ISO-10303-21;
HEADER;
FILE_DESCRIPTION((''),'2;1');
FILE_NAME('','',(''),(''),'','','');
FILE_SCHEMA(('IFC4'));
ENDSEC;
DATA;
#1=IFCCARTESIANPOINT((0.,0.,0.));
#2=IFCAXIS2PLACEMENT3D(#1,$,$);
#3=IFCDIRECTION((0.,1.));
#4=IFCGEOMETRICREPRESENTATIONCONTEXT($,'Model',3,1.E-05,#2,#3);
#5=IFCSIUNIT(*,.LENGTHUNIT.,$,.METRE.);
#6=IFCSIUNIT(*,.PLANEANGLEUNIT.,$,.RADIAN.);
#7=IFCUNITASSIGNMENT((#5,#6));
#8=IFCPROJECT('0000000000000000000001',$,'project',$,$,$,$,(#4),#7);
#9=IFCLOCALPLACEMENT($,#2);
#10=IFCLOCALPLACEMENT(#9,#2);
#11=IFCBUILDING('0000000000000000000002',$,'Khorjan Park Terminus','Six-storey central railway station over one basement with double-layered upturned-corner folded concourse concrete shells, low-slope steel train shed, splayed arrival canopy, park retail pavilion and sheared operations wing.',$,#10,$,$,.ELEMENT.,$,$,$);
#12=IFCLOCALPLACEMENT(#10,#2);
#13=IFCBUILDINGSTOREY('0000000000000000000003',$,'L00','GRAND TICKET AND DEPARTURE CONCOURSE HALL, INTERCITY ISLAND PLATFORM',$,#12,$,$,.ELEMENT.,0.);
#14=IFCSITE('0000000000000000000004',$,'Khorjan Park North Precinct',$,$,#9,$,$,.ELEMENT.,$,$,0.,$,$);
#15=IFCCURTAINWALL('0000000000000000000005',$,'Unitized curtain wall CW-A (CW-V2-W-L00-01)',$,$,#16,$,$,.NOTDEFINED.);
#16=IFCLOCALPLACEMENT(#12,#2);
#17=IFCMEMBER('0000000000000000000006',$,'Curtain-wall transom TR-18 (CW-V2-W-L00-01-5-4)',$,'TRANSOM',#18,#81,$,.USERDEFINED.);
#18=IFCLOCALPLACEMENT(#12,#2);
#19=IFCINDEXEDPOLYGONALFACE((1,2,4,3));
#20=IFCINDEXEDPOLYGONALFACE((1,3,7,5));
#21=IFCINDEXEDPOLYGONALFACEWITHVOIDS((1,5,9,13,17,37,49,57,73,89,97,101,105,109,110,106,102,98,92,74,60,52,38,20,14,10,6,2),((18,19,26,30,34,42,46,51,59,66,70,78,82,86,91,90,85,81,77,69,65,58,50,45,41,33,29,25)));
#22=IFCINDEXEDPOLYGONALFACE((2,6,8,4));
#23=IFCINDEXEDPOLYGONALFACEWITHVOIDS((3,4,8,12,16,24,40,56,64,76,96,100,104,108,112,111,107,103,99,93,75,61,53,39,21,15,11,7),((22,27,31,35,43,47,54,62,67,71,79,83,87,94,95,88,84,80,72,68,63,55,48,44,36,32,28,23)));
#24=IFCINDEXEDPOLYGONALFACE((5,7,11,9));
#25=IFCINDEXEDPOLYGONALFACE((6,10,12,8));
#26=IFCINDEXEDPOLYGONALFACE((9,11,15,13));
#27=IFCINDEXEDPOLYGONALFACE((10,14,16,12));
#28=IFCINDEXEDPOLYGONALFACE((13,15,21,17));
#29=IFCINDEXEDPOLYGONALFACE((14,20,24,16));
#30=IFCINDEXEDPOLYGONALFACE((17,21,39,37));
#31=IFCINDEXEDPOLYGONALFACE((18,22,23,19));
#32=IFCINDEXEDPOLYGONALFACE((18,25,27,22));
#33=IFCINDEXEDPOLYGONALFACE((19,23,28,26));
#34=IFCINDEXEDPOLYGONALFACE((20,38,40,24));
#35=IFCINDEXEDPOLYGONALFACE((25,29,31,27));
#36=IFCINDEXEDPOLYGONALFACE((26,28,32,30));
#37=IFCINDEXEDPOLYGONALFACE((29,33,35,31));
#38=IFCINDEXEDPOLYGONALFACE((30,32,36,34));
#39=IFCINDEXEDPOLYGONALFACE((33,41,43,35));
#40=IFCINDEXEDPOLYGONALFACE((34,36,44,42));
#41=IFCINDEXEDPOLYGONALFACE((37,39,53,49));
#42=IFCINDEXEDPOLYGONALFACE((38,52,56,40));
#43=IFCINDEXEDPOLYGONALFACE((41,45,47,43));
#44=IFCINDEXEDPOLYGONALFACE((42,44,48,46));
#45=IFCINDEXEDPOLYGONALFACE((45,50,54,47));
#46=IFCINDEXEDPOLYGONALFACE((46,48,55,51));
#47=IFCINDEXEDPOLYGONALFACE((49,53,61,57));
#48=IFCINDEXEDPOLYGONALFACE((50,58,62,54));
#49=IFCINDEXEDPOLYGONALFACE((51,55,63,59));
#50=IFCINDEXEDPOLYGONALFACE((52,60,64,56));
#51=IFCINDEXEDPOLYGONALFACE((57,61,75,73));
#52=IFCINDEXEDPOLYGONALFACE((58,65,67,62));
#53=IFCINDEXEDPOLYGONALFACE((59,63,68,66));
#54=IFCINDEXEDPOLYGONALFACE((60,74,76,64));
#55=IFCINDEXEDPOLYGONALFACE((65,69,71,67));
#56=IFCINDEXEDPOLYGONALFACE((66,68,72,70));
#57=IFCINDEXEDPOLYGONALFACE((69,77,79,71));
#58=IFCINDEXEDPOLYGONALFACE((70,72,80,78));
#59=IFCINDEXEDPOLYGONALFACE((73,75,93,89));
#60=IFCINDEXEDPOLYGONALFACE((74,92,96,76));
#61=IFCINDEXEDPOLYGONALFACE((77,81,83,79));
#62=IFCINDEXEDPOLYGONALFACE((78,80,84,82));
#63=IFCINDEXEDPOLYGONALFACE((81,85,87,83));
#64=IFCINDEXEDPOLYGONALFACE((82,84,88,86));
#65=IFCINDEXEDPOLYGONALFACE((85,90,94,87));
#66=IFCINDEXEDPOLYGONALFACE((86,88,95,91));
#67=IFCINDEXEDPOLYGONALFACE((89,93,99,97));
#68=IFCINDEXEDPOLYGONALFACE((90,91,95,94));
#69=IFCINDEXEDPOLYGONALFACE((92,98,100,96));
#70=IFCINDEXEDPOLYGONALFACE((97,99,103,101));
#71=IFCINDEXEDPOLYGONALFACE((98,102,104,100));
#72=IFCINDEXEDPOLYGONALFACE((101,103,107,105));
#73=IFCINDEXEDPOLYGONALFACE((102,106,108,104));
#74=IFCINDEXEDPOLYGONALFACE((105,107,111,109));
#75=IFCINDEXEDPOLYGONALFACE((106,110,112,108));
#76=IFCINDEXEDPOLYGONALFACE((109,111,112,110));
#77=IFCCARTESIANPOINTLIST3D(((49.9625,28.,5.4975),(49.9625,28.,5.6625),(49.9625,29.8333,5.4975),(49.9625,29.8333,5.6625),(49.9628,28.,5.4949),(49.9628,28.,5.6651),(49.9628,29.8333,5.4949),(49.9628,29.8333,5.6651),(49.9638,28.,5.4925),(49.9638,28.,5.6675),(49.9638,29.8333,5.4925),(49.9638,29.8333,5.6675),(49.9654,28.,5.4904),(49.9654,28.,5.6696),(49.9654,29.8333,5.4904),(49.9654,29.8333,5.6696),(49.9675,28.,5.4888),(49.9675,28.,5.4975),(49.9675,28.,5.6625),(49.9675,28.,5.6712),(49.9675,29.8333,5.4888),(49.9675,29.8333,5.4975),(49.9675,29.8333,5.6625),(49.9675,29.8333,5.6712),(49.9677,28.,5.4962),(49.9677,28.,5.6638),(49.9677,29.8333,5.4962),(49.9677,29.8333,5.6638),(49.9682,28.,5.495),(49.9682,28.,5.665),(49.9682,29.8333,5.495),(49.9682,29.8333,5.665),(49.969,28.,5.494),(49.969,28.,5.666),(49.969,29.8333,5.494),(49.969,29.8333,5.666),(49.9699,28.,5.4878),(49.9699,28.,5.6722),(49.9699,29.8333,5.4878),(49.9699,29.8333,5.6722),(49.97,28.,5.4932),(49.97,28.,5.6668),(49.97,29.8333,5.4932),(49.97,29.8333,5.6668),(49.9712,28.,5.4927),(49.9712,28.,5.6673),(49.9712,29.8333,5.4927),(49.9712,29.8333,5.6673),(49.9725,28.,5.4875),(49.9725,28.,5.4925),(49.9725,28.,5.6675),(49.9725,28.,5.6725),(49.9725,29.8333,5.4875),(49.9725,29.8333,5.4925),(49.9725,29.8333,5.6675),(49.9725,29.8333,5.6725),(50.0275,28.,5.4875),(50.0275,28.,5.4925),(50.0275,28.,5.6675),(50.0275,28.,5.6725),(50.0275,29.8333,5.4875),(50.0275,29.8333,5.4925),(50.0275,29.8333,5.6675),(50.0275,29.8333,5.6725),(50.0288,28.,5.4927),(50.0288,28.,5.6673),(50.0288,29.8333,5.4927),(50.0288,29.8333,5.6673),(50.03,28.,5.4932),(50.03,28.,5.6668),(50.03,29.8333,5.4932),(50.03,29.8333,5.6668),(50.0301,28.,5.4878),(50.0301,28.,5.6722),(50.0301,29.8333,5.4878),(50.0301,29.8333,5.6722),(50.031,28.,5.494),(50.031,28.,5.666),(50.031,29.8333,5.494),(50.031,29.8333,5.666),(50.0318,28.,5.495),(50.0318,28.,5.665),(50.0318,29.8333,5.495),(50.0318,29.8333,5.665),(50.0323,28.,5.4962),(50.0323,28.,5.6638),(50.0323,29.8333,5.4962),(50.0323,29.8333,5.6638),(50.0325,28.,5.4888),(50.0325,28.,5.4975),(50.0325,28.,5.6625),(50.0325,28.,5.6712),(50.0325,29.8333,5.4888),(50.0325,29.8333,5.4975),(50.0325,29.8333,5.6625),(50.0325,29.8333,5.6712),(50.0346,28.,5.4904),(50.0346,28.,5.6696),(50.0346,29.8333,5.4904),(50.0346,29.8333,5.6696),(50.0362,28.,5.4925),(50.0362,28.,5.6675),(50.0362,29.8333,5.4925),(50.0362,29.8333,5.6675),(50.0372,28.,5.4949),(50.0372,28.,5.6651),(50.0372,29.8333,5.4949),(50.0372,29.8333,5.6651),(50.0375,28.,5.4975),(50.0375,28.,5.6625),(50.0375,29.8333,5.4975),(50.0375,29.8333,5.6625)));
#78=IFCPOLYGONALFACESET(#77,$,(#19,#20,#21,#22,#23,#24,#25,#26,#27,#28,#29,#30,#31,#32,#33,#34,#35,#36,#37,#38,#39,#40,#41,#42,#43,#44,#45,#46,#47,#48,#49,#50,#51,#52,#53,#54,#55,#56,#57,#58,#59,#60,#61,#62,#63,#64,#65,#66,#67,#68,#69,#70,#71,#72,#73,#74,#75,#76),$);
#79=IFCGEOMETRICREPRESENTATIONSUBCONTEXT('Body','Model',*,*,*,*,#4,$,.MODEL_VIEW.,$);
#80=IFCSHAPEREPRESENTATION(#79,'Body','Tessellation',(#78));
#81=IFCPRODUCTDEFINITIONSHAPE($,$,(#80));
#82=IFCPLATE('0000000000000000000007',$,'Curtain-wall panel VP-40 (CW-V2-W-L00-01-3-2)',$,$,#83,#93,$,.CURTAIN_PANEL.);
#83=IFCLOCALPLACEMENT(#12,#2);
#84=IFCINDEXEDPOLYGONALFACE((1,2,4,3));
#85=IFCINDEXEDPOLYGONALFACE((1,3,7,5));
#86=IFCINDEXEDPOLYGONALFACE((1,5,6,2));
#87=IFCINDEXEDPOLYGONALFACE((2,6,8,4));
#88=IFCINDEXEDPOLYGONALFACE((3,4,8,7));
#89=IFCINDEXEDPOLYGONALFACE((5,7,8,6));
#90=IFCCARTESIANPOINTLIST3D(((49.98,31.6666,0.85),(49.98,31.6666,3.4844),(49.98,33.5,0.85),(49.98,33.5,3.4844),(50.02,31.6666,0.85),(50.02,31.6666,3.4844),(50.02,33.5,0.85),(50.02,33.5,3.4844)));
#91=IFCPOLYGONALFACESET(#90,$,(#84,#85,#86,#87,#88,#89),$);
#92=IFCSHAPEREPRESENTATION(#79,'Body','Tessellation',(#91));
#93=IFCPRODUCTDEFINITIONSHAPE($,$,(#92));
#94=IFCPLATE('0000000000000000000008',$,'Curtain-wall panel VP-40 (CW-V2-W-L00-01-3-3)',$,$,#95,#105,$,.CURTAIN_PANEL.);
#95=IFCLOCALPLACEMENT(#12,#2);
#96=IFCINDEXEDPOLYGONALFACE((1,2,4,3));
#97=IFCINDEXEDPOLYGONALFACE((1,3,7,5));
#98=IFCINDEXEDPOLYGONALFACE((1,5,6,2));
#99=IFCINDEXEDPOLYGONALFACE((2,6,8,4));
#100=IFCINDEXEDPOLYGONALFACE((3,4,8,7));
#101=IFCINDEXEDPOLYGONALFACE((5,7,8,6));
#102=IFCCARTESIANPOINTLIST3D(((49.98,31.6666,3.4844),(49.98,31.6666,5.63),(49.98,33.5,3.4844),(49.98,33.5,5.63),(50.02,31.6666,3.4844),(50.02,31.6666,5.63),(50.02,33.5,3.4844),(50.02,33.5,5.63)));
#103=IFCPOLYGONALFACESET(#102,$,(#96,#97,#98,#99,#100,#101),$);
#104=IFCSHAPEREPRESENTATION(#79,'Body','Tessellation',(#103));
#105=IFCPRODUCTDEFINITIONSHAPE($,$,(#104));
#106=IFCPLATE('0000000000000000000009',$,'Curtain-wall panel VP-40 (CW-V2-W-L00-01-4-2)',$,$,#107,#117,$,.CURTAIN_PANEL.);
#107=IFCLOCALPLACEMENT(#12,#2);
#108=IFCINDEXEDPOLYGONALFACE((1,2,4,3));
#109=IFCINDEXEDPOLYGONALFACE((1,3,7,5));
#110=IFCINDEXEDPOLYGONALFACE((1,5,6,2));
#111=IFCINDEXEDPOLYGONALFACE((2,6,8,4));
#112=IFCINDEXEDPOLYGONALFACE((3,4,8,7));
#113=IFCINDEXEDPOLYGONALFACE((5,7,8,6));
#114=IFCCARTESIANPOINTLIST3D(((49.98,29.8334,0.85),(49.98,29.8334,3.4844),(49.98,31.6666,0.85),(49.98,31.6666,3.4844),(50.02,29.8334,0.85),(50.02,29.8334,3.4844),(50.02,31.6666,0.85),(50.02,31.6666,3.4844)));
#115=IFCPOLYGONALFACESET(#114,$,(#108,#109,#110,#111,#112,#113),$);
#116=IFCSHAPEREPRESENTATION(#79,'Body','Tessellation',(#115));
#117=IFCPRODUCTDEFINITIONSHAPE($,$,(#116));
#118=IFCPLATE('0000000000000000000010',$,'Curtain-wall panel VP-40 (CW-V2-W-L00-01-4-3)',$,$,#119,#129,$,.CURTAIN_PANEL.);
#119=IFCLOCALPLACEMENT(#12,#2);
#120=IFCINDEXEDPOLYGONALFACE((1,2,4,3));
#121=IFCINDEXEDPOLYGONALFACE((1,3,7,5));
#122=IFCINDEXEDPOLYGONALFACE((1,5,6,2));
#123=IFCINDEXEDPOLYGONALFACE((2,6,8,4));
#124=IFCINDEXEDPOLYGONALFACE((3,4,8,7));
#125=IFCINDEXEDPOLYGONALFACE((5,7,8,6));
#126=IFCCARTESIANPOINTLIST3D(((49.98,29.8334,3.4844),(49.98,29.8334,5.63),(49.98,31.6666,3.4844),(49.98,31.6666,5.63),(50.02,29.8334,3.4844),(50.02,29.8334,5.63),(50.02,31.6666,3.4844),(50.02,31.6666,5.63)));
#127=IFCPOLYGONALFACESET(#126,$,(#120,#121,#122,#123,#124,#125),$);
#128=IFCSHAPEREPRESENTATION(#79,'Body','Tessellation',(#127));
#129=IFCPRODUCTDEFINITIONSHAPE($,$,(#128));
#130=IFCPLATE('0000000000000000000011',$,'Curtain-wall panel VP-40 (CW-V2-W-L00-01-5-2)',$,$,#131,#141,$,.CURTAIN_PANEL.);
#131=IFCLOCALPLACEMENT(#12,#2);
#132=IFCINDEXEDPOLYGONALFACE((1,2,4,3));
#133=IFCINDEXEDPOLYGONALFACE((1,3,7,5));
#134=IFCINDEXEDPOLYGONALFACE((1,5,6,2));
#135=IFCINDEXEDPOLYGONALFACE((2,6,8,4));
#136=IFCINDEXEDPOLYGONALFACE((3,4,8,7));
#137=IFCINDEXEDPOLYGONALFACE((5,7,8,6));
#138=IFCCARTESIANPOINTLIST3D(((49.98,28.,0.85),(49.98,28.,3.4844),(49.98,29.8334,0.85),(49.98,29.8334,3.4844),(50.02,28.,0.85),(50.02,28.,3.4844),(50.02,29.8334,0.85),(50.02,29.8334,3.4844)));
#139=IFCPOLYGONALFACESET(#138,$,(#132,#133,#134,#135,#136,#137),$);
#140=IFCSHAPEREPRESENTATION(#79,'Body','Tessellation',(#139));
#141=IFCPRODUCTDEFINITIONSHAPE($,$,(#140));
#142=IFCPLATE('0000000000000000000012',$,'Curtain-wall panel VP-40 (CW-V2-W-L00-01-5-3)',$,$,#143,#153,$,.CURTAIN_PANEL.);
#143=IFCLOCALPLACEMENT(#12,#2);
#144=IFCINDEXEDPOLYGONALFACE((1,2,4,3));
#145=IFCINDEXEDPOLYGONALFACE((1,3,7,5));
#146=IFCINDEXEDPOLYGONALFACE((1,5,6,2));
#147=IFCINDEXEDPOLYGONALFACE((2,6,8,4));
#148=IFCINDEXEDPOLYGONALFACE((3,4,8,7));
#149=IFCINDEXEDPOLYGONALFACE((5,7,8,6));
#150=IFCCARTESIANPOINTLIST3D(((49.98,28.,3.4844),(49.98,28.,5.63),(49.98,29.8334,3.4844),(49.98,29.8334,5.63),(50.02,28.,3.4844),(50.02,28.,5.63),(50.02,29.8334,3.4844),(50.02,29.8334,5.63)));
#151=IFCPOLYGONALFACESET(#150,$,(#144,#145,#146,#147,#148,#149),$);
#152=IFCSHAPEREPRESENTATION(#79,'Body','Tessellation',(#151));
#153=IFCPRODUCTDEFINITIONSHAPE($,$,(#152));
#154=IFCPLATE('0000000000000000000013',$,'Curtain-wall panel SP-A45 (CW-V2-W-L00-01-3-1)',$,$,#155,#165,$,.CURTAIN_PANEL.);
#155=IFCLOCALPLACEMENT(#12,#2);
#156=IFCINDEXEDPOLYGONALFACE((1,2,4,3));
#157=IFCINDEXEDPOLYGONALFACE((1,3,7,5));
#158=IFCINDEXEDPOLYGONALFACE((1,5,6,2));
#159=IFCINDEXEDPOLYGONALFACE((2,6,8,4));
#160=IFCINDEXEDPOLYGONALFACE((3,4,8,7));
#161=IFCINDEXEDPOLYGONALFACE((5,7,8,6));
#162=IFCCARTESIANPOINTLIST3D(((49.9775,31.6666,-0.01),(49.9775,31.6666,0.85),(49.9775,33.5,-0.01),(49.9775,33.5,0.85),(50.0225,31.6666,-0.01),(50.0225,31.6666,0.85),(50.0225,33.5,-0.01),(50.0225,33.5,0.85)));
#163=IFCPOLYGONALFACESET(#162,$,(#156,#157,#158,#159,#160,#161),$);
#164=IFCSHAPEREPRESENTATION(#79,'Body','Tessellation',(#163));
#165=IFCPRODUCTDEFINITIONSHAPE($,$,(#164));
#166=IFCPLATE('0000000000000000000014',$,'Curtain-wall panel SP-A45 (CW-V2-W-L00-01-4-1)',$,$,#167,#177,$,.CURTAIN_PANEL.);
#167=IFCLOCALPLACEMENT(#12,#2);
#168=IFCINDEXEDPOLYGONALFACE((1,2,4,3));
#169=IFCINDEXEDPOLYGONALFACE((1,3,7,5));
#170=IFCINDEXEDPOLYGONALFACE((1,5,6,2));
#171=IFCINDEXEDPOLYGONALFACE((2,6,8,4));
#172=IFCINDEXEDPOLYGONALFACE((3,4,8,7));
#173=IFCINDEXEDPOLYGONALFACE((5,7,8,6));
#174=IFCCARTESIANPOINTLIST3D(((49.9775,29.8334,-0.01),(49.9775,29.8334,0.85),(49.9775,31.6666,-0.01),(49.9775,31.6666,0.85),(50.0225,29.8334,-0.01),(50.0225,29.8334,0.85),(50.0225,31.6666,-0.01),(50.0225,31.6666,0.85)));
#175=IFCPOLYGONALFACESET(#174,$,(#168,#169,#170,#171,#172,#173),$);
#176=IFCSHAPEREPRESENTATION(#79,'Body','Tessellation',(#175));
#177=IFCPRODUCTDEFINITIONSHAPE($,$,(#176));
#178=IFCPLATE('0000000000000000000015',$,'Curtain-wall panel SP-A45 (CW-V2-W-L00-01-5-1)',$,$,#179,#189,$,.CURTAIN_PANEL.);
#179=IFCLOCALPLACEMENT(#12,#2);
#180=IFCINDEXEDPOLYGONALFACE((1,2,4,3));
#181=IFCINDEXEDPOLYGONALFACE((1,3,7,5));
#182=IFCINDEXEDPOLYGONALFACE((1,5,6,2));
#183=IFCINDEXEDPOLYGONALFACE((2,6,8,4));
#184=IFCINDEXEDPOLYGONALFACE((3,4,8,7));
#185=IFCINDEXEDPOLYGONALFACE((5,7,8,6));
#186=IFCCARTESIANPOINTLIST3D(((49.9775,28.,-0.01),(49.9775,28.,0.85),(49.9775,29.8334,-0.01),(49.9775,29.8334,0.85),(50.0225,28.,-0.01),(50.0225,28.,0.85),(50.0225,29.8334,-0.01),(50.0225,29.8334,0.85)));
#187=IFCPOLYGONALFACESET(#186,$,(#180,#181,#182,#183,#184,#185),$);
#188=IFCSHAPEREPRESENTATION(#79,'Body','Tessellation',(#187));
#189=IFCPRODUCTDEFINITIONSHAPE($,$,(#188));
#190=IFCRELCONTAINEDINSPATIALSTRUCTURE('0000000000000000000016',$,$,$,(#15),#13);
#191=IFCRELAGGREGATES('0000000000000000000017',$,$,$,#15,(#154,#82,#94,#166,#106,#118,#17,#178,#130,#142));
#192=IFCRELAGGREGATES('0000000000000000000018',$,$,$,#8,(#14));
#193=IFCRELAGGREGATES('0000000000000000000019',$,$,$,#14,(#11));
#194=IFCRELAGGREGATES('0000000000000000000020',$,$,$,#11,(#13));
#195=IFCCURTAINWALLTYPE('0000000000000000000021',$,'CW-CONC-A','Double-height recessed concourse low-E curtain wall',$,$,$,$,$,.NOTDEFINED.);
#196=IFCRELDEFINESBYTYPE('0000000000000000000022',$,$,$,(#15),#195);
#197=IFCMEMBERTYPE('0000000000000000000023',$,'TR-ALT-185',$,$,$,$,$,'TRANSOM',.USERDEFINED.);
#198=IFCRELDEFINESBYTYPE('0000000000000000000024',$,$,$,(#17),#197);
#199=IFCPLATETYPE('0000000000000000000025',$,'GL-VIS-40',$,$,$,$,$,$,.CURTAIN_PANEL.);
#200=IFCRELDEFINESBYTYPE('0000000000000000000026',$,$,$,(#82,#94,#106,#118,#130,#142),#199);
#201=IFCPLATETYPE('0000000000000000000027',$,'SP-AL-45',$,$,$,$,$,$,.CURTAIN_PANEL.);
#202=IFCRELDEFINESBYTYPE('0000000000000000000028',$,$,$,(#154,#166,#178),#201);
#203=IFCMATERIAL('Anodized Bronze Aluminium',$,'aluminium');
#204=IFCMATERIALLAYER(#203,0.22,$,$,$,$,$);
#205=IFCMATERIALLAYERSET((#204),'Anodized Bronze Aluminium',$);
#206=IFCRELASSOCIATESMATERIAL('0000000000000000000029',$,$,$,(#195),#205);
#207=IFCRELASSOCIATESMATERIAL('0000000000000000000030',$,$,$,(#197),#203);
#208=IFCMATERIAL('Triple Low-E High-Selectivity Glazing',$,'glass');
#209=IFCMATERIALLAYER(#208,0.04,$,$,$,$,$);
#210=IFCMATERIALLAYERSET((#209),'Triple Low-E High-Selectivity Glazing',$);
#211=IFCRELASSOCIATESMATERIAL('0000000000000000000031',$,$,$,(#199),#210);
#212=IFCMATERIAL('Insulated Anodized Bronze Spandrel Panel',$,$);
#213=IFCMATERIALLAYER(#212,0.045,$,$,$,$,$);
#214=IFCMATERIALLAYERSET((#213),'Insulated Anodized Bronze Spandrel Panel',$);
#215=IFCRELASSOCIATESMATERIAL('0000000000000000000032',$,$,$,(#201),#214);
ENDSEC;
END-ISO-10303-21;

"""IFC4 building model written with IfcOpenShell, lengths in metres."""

from ifc_helpers import new_model, si_unit, direction, frame, origin, origin_2d, place, context, subcontext, project, spatial, rectangle, hollow_rectangle, extrude, material, layer, layer_set, material_profile, profile_set, type_object, element, aggregate, save


model = new_model("IFC4")

# Units and contexts
model_context = context("Model", 3, precision=1e-05, world=origin(), true_north=direction((0.0, 1.0)))
body_context = subcontext(model_context, "Body", "Model", "MODEL_VIEW")
ifc_project = project(units=[si_unit("LENGTHUNIT", "METRE"), si_unit("PLANEANGLEUNIT", "RADIAN")], contexts=[model_context])

# Site, building, storey
site_placement = place(None, origin())
site = spatial("IfcSite", under=ifc_project, at=site_placement, Name="Khorjan Park North Precinct", CompositionType="ELEMENT", RefElevation=0.0)
building_placement = place(site_placement, origin())
building = spatial("IfcBuilding", under=site, at=building_placement, Name="Khorjan Park Terminus", Description="Six-storey central railway station over one basement with double-layered upturned-corner folded concourse concrete shells, low-slope steel train shed, splayed arrival canopy, park retail pavilion and sheared operations wing.", CompositionType="ELEMENT")
storey_placement = place(building_placement, origin())
storey = spatial("IfcBuildingStorey", under=building, at=storey_placement, Name="L00", Description="GRAND TICKET AND DEPARTURE CONCOURSE HALL, INTERCITY ISLAND PLATFORM", CompositionType="ELEMENT", Elevation=0.0)

# Curtain wall, member, plates
ifc_material_1 = material(Name="Anodized Bronze Aluminium", Category="aluminium")
ifc_layer_1 = layer(ifc_material_1, 0.22)
ifc_layer_set_1 = layer_set([ifc_layer_1], Name="Anodized Bronze Aluminium")
curtain_wall_type = type_object("IfcCurtainWallType", Name="CW-CONC-A", Description="Double-height recessed concourse low-E curtain wall", PredefinedType="NOTDEFINED", material=ifc_layer_set_1)
curtain_wall_placement = place(storey_placement, origin())
curtain_wall = element("IfcCurtainWall", 1, at=curtain_wall_placement, inside=storey, type_object=curtain_wall_type, Name="Unitized curtain wall CW-A (CW-V2-W-L00-01)", PredefinedType="NOTDEFINED")
ifc_material_profile_1 = material_profile(ifc_material_1, hollow_rectangle(XDim=0.075, YDim=0.185, WallThickness=0.005, InnerFilletRadius=0.005, OuterFilletRadius=0.01, at=origin_2d()), Name="ALT 75x185x5")
ifc_profile_set_1 = profile_set([ifc_material_profile_1], Name="Anodized Bronze Aluminium")
member_type_1 = type_object("IfcMemberType", Name="TR-ALT-185", ElementType="TRANSOM", PredefinedType="USERDEFINED", material=ifc_profile_set_1)
member_1_placement = place(storey_placement, frame((50.0, 29.8333, 5.58), z_axis=(0.0, -1.0, 0.0), x_axis=(1.0, 0.0, 0.0)))
member_1 = element("IfcMember", 2, at=member_1_placement, type_object=member_type_1, Name="Curtain-wall transom TR-18 (CW-V2-W-L00-01-5-4)", ObjectType="TRANSOM", PredefinedType="USERDEFINED", context=body_context, shape_type="SweptSolid", body=[
    extrude(hollow_rectangle(XDim=0.075, YDim=0.185, WallThickness=0.005, InnerFilletRadius=0.005, OuterFilletRadius=0.01, at=origin_2d()), origin(), (0.0, 0.0, 1.0), 1.8333),
])
ifc_material_2 = material(Name="Triple Low-E High-Selectivity Glazing", Category="glass")
ifc_layer_2 = layer(ifc_material_2, 0.04)
ifc_layer_set_2 = layer_set([ifc_layer_2], Name="Triple Low-E High-Selectivity Glazing")
plate_type_1 = type_object("IfcPlateType", Name="GL-VIS-40", PredefinedType="CURTAIN_PANEL", material=ifc_layer_set_2)
plate_1_placement = place(storey_placement, frame((50.0, 32.5833, 0.85), z_axis=(0.0, 0.0, 1.0), x_axis=(0.0, -1.0, 0.0)))
plate_1 = element("IfcPlate", 3, at=plate_1_placement, type_object=plate_type_1, Name="Curtain-wall panel VP-40 (CW-V2-W-L00-01-3-2)", PredefinedType="CURTAIN_PANEL", context=body_context, shape_type="SweptSolid", body=[
    extrude(rectangle(XDim=1.8333, YDim=0.04, at=origin_2d()), origin(), (0.0, 0.0, 1.0), 2.6344),
])
plate_2_placement = place(storey_placement, frame((50.0, 32.5833, 3.4844), z_axis=(0.0, 0.0, 1.0), x_axis=(0.0, -1.0, 0.0)))
plate_2 = element("IfcPlate", 4, at=plate_2_placement, type_object=plate_type_1, Name="Curtain-wall panel VP-40 (CW-V2-W-L00-01-3-3)", PredefinedType="CURTAIN_PANEL", context=body_context, shape_type="SweptSolid", body=[
    extrude(rectangle(XDim=1.8333, YDim=0.04, at=origin_2d()), origin(), (0.0, 0.0, 1.0), 2.1456),
])
plate_3_placement = place(storey_placement, frame((50.0, 30.75, 0.85), z_axis=(0.0, 0.0, 1.0), x_axis=(0.0, -1.0, 0.0)))
plate_3 = element("IfcPlate", 5, at=plate_3_placement, type_object=plate_type_1, Name="Curtain-wall panel VP-40 (CW-V2-W-L00-01-4-2)", PredefinedType="CURTAIN_PANEL", context=body_context, shape_type="SweptSolid", body=[
    extrude(rectangle(XDim=1.8333, YDim=0.04, at=origin_2d()), origin(), (0.0, 0.0, 1.0), 2.6344),
])
plate_4_placement = place(storey_placement, frame((50.0, 30.75, 3.4844), z_axis=(0.0, 0.0, 1.0), x_axis=(0.0, -1.0, 0.0)))
plate_4 = element("IfcPlate", 6, at=plate_4_placement, type_object=plate_type_1, Name="Curtain-wall panel VP-40 (CW-V2-W-L00-01-4-3)", PredefinedType="CURTAIN_PANEL", context=body_context, shape_type="SweptSolid", body=[
    extrude(rectangle(XDim=1.8333, YDim=0.04, at=origin_2d()), origin(), (0.0, 0.0, 1.0), 2.1456),
])
plate_5_placement = place(storey_placement, frame((50.0, 28.9167, 0.85), z_axis=(0.0, 0.0, 1.0), x_axis=(0.0, -1.0, 0.0)))
plate_5 = element("IfcPlate", 7, at=plate_5_placement, type_object=plate_type_1, Name="Curtain-wall panel VP-40 (CW-V2-W-L00-01-5-2)", PredefinedType="CURTAIN_PANEL", context=body_context, shape_type="SweptSolid", body=[
    extrude(rectangle(XDim=1.8333, YDim=0.04, at=origin_2d()), origin(), (0.0, 0.0, 1.0), 2.6344),
])
plate_6_placement = place(storey_placement, frame((50.0, 28.9167, 3.4844), z_axis=(0.0, 0.0, 1.0), x_axis=(0.0, -1.0, 0.0)))
plate_6 = element("IfcPlate", 8, at=plate_6_placement, type_object=plate_type_1, Name="Curtain-wall panel VP-40 (CW-V2-W-L00-01-5-3)", PredefinedType="CURTAIN_PANEL", context=body_context, shape_type="SweptSolid", body=[
    extrude(rectangle(XDim=1.8333, YDim=0.04, at=origin_2d()), origin(), (0.0, 0.0, 1.0), 2.1456),
])
ifc_material_3 = material(Name="Insulated Anodized Bronze Spandrel Panel")
ifc_layer_3 = layer(ifc_material_3, 0.045)
ifc_layer_set_3 = layer_set([ifc_layer_3], Name="Insulated Anodized Bronze Spandrel Panel")
plate_type_2 = type_object("IfcPlateType", Name="SP-AL-45", PredefinedType="CURTAIN_PANEL", material=ifc_layer_set_3)
plate_7_placement = place(storey_placement, frame((50.0, 32.5833, -0.01), z_axis=(0.0, 0.0, 1.0), x_axis=(0.0, -1.0, 0.0)))
plate_7 = element("IfcPlate", 9, at=plate_7_placement, type_object=plate_type_2, Name="Curtain-wall panel SP-A45 (CW-V2-W-L00-01-3-1)", PredefinedType="CURTAIN_PANEL", context=body_context, shape_type="SweptSolid", body=[
    extrude(rectangle(XDim=1.8333, YDim=0.045, at=origin_2d()), origin(), (0.0, 0.0, 1.0), 0.86),
])
plate_8_placement = place(storey_placement, frame((50.0, 30.75, -0.01), z_axis=(0.0, 0.0, 1.0), x_axis=(0.0, -1.0, 0.0)))
plate_8 = element("IfcPlate", 10, at=plate_8_placement, type_object=plate_type_2, Name="Curtain-wall panel SP-A45 (CW-V2-W-L00-01-4-1)", PredefinedType="CURTAIN_PANEL", context=body_context, shape_type="SweptSolid", body=[
    extrude(rectangle(XDim=1.8333, YDim=0.045, at=origin_2d()), origin(), (0.0, 0.0, 1.0), 0.86),
])
plate_9_placement = place(storey_placement, frame((50.0, 28.9167, -0.01), z_axis=(0.0, 0.0, 1.0), x_axis=(0.0, -1.0, 0.0)))
plate_9 = element("IfcPlate", 11, at=plate_9_placement, type_object=plate_type_2, Name="Curtain-wall panel SP-A45 (CW-V2-W-L00-01-5-1)", PredefinedType="CURTAIN_PANEL", context=body_context, shape_type="SweptSolid", body=[
    extrude(rectangle(XDim=1.8333, YDim=0.045, at=origin_2d()), origin(), (0.0, 0.0, 1.0), 0.86),
])
aggregate(curtain_wall, [plate_7, plate_1, plate_2, plate_8, plate_3, plate_4, member_1, plate_9, plate_5, plate_6])

save(model, "model.ifc")
